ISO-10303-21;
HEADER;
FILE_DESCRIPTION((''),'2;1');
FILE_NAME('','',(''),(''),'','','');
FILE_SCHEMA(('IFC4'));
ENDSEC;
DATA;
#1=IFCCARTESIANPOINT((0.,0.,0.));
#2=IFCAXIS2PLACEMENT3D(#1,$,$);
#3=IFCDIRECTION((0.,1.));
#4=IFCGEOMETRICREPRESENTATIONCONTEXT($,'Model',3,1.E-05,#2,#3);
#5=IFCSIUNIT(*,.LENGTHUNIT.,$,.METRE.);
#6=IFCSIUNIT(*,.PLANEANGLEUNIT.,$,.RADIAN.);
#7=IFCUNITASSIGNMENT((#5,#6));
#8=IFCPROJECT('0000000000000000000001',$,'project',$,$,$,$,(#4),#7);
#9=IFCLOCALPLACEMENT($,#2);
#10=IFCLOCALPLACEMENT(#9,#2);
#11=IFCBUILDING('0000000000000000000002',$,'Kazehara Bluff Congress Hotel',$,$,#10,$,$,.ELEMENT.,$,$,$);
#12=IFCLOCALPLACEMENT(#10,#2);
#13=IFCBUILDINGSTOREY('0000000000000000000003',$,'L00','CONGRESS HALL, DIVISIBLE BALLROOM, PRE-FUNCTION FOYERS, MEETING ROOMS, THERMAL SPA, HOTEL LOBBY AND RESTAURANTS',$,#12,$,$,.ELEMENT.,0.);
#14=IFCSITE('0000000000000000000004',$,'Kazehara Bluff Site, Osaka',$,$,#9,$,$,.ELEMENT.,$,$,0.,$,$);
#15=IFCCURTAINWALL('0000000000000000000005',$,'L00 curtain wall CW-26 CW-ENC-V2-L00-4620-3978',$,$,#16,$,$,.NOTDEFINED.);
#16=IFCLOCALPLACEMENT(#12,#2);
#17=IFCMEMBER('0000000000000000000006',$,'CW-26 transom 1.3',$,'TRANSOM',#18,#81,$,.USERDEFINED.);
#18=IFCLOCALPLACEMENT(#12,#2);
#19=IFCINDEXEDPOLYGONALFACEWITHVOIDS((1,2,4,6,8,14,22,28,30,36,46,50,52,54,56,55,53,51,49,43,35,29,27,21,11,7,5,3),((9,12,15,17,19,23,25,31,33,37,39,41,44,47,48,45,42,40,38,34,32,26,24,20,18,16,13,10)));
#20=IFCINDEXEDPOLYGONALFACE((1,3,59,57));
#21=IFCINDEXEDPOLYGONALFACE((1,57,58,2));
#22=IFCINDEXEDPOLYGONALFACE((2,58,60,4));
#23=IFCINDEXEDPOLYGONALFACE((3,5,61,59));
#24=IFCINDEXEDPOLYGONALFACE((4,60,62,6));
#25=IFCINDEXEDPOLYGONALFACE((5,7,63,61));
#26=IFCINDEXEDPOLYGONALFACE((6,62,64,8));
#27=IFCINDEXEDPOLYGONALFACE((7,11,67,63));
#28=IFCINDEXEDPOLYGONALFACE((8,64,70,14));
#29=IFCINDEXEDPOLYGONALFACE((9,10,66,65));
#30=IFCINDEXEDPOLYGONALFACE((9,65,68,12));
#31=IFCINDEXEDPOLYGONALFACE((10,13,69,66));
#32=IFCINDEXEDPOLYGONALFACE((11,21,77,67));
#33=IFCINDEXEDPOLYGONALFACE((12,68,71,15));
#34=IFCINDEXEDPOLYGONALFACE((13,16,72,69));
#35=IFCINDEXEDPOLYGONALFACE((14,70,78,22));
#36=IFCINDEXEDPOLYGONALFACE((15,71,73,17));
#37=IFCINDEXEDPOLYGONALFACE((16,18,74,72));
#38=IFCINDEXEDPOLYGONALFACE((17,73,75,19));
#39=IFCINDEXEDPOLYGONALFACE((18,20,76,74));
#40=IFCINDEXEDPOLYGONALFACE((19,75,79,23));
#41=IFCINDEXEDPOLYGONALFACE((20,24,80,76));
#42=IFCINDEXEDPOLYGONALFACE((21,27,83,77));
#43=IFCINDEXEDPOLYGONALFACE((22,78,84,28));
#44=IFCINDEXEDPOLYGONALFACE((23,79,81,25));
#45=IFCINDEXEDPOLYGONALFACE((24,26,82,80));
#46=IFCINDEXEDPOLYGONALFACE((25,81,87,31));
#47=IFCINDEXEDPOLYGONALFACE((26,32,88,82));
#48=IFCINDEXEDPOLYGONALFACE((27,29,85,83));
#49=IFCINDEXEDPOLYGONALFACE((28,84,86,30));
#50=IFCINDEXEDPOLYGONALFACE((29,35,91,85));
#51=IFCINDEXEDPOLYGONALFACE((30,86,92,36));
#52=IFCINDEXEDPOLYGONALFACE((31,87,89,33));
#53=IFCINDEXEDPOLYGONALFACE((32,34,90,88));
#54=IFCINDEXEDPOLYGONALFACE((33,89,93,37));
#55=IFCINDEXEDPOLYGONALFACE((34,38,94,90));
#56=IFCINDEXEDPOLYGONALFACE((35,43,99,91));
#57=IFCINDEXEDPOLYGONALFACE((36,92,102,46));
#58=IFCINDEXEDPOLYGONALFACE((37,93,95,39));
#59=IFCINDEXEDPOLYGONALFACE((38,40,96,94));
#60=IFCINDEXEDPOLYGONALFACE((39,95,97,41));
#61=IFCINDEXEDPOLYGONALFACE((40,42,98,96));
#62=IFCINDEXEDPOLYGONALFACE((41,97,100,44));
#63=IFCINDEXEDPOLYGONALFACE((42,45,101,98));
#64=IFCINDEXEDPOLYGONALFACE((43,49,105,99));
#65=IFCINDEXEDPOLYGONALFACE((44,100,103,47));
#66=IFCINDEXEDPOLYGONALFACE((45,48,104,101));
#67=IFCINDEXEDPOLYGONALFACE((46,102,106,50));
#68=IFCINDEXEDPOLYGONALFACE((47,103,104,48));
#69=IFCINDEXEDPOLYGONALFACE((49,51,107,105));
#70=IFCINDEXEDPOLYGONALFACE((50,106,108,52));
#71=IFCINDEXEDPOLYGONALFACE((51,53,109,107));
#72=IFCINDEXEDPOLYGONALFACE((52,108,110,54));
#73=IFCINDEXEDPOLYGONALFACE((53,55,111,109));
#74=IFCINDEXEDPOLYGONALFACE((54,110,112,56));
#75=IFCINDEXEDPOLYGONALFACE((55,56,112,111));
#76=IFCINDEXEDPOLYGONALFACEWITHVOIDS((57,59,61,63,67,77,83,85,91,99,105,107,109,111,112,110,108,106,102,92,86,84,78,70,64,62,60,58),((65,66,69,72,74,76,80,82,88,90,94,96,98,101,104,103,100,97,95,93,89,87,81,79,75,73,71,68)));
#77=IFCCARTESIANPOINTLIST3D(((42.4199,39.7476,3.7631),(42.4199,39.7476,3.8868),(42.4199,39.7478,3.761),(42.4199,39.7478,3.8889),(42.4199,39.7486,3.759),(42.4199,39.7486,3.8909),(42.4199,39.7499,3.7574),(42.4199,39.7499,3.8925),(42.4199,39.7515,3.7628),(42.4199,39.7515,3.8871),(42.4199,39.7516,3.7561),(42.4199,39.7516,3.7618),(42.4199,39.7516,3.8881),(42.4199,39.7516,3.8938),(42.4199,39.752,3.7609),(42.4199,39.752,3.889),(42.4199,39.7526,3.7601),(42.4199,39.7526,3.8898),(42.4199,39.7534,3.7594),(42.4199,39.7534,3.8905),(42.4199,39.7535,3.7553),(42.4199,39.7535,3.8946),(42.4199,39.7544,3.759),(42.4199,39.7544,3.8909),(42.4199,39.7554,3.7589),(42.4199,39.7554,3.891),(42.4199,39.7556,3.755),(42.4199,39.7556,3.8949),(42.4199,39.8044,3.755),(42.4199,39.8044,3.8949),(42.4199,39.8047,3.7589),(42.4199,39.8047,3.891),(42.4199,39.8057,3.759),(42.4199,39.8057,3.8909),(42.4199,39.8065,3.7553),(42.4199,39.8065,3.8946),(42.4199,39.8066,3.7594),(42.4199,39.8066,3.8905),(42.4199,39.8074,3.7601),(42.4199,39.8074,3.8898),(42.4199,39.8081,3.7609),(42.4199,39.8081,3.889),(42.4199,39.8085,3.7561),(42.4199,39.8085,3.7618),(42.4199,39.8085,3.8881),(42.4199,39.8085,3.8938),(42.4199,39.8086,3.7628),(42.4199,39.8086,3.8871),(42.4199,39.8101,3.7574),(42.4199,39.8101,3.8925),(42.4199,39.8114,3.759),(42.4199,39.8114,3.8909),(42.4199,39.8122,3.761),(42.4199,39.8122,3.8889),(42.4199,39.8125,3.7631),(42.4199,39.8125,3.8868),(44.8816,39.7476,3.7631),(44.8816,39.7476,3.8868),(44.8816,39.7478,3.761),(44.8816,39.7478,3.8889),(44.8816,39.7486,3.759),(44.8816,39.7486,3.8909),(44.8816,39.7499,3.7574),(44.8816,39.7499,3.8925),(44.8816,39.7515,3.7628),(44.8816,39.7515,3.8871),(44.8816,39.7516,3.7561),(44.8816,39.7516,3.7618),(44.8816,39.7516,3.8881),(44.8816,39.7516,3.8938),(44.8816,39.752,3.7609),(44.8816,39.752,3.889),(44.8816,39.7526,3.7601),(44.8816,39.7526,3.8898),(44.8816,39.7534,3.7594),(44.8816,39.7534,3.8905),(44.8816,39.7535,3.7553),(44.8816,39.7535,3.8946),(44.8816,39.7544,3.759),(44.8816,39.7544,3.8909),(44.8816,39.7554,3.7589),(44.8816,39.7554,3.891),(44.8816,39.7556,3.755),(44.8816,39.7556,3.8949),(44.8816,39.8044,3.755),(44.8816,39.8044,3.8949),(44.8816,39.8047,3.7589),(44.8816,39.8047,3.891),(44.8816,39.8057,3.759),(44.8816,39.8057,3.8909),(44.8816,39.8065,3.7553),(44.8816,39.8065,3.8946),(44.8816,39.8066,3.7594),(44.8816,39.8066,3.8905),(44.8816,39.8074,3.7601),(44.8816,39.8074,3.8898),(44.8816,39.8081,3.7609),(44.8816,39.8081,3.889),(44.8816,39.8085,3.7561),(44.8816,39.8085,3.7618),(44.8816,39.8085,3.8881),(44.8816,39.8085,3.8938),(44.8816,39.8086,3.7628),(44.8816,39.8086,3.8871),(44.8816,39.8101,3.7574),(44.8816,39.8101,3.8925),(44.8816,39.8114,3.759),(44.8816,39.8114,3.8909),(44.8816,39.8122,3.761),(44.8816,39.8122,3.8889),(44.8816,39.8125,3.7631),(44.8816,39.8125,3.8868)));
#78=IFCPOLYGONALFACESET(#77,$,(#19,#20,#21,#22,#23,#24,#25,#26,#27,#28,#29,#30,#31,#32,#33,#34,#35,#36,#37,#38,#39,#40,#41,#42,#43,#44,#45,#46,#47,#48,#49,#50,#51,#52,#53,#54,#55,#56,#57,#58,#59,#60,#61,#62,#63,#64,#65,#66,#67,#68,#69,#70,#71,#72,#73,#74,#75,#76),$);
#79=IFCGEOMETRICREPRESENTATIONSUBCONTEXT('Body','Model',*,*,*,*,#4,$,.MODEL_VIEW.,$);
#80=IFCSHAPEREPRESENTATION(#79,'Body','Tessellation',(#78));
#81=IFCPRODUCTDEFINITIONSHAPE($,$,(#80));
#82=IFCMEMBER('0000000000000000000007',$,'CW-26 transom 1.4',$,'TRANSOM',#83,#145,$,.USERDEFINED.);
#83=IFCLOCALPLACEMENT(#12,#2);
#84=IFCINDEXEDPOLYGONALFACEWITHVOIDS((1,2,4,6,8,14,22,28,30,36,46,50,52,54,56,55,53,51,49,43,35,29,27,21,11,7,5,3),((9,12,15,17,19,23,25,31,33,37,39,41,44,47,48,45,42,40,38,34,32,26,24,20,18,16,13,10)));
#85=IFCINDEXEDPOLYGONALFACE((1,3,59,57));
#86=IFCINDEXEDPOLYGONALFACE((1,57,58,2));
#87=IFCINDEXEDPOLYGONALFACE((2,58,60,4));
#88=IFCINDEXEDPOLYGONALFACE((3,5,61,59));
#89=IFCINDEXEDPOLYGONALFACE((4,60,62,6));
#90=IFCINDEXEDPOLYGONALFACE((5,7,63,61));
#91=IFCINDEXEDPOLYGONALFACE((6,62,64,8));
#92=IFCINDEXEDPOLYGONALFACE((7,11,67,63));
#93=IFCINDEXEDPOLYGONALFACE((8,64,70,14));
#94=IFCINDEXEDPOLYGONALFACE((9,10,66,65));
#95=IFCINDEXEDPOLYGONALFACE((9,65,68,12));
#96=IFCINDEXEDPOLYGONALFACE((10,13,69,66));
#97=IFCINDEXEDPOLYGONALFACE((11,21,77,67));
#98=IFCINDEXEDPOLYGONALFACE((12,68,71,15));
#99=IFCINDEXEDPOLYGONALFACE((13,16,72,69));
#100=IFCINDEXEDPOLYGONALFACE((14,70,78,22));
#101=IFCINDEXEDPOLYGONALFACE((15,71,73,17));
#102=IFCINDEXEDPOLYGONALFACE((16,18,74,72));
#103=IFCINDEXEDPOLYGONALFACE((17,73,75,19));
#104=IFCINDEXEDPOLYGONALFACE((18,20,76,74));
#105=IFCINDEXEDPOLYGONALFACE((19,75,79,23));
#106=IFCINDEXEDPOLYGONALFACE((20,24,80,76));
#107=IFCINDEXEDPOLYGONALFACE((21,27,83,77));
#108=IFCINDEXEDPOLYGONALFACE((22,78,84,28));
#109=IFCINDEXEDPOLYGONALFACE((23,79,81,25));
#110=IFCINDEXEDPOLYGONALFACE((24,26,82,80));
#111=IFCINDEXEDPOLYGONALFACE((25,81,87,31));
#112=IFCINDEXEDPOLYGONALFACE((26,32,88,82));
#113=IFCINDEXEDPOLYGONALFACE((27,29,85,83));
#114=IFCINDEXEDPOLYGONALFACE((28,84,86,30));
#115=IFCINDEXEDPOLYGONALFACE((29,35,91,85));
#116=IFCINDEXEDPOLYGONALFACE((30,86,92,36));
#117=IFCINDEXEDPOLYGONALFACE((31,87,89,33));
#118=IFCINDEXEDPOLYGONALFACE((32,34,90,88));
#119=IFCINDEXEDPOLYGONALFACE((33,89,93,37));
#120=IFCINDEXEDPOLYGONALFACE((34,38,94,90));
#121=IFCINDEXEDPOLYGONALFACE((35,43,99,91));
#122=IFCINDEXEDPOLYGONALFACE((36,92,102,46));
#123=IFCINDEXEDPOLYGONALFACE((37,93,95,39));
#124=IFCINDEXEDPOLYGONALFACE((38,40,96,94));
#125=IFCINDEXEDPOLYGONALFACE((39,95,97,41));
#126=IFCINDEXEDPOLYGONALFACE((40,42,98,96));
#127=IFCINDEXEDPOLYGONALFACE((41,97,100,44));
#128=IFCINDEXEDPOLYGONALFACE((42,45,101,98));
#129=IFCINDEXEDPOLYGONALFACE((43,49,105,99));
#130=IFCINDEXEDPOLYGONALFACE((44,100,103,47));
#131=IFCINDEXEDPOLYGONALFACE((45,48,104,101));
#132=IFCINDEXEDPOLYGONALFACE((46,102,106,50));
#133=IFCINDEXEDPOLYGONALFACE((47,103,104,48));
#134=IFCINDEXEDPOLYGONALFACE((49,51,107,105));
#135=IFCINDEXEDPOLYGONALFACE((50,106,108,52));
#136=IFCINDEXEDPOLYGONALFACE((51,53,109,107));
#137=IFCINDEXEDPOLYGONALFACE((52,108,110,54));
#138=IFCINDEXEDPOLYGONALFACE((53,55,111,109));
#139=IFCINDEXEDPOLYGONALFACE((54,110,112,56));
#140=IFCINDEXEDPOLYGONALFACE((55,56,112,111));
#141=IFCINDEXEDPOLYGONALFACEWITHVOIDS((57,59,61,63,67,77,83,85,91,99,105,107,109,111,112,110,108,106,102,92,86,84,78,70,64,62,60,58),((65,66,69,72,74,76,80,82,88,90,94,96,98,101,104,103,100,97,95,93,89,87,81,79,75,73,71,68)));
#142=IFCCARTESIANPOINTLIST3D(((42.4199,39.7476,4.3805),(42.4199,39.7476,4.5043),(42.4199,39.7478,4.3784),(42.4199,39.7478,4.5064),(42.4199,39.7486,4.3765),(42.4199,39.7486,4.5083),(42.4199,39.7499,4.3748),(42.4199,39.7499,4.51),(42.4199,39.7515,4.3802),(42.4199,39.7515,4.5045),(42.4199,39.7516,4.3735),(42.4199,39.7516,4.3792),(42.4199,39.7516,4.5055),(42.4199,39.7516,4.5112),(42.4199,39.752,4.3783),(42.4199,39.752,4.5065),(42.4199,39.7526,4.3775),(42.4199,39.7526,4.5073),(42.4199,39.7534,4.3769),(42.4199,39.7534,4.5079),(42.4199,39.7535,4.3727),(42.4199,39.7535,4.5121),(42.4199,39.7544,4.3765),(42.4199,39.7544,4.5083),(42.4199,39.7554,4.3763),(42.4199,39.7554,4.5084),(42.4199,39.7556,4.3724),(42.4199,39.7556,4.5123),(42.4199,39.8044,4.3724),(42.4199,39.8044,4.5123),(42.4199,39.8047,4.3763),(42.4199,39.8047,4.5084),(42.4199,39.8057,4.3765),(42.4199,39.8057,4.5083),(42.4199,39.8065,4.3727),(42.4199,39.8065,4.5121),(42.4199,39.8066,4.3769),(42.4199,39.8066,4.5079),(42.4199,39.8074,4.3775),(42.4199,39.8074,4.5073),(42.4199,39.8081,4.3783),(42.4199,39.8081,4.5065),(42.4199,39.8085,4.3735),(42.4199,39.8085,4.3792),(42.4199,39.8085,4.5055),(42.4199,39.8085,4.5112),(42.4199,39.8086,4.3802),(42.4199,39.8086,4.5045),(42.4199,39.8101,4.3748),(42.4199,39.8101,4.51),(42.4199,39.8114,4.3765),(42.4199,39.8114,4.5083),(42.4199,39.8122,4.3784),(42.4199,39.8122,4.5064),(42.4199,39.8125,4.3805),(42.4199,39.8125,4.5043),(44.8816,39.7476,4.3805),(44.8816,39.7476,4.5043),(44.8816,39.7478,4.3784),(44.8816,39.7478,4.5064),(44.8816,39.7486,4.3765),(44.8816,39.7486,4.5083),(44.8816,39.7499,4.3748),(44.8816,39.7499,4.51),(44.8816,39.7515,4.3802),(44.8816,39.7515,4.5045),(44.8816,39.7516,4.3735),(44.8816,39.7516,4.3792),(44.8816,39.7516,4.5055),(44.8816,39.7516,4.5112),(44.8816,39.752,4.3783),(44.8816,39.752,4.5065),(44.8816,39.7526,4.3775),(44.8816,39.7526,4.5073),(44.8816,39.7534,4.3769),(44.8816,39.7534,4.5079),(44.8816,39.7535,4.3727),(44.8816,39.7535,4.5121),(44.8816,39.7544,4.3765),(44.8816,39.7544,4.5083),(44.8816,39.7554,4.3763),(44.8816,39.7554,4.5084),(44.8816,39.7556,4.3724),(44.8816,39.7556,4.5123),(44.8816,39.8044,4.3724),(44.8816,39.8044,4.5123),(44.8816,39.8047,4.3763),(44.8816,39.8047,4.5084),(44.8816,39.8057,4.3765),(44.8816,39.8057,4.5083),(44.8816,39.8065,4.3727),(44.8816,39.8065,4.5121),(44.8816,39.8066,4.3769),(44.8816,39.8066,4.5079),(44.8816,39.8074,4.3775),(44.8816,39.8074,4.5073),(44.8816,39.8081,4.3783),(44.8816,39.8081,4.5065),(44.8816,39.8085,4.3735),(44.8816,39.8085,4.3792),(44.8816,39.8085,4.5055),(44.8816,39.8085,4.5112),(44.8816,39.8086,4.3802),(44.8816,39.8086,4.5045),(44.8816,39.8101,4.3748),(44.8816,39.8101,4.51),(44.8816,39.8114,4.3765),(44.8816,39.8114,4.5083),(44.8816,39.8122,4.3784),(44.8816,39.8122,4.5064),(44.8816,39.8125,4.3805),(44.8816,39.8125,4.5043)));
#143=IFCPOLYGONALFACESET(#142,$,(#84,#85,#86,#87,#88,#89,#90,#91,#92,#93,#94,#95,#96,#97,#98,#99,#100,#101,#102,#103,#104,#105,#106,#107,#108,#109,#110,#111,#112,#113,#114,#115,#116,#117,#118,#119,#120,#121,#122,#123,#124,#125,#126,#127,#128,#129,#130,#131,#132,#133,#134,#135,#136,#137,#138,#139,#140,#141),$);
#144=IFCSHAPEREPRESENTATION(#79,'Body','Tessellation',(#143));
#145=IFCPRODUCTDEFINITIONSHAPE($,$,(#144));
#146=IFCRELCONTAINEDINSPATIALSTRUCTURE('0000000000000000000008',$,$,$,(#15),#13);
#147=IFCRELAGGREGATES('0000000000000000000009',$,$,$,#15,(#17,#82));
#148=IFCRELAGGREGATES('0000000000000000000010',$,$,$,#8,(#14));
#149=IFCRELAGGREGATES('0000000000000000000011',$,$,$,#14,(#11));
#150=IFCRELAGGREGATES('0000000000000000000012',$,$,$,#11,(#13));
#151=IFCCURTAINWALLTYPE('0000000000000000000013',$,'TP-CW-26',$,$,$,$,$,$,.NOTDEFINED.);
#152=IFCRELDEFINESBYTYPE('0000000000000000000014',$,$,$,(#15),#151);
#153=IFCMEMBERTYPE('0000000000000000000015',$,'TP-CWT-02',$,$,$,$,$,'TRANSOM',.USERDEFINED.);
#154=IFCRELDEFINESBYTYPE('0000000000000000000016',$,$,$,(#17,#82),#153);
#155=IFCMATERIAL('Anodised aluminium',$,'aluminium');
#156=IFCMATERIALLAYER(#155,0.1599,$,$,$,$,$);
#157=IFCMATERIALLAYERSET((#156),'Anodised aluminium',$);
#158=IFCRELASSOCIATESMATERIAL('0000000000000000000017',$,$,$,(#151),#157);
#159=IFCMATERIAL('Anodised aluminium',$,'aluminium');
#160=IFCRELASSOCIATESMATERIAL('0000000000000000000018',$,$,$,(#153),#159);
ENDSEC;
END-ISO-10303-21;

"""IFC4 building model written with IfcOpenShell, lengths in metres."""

from ifc_helpers import new_model, si_unit, direction, frame, origin, origin_2d, place, context, subcontext, project, spatial, hollow_rectangle, extrude, material, layer, layer_set, material_profile, profile_set, type_object, element, aggregate, save


model = new_model("IFC4")

# Units and contexts
model_context = context("Model", 3, precision=1e-05, world=origin(), true_north=direction((0.0, 1.0)))
body_context = subcontext(model_context, "Body", "Model", "MODEL_VIEW")
ifc_project = project(units=[si_unit("LENGTHUNIT", "METRE"), si_unit("PLANEANGLEUNIT", "RADIAN")], contexts=[model_context])

# Site, building, storey
site_placement = place(None, origin())
site = spatial("IfcSite", under=ifc_project, at=site_placement, Name="Kazehara Bluff Site, Osaka", CompositionType="ELEMENT", RefElevation=0.0)
building_placement = place(site_placement, origin())
building = spatial("IfcBuilding", under=site, at=building_placement, Name="Kazehara Bluff Congress Hotel", CompositionType="ELEMENT")
storey_placement = place(building_placement, origin())
storey = spatial("IfcBuildingStorey", under=building, at=storey_placement, Name="L00", Description="CONGRESS HALL, DIVISIBLE BALLROOM, PRE-FUNCTION FOYERS, MEETING ROOMS, THERMAL SPA, HOTEL LOBBY AND RESTAURANTS", CompositionType="ELEMENT", Elevation=0.0)

# Curtain wall
ifc_material_1 = material(Name="Anodised aluminium", Category="aluminium")
ifc_layer_1 = layer(ifc_material_1, 0.1599)
ifc_layer_set_1 = layer_set([ifc_layer_1], Name="Anodised aluminium")
curtain_wall_type_1 = type_object("IfcCurtainWallType", Name="TP-CW-26", PredefinedType="NOTDEFINED", material=ifc_layer_set_1)
curtain_wall_1_placement = place(storey_placement, origin())
curtain_wall_1 = element("IfcCurtainWall", 1, at=curtain_wall_1_placement, inside=storey, type_object=curtain_wall_type_1, Name="L00 curtain wall CW-26 CW-ENC-V2-L00-4620-3978", PredefinedType="NOTDEFINED")

# Members
ifc_material_2 = material(Name="Anodised aluminium", Category="aluminium")
ifc_material_profile_1 = material_profile(ifc_material_2, hollow_rectangle(XDim=0.0649, YDim=0.1399, WallThickness=0.0039, InnerFilletRadius=0.0039, OuterFilletRadius=0.0081, at=origin_2d()))
ifc_profile_set_1 = profile_set([ifc_material_profile_1], Name="Anodised aluminium")
member_type_1 = type_object("IfcMemberType", Name="TP-CWT-02", ElementType="TRANSOM", PredefinedType="USERDEFINED", material=ifc_profile_set_1)
member_1_placement = place(storey_placement, frame((42.4199, 39.78, 3.825), z_axis=(1.0, 0.0, 0.0), x_axis=(0.0, 1.0, 0.0)))
member_1 = element("IfcMember", 2, at=member_1_placement, type_object=member_type_1, Name="CW-26 transom 1.3", ObjectType="TRANSOM", PredefinedType="USERDEFINED", context=body_context, shape_type="SweptSolid", body=[
    extrude(hollow_rectangle(XDim=0.0649, YDim=0.1399, WallThickness=0.0039, InnerFilletRadius=0.0039, OuterFilletRadius=0.0081, at=origin_2d()), origin(), (0.0, 0.0, 1.0), 2.4617),
])
member_2_placement = place(storey_placement, frame((42.4199, 39.78, 4.4424), z_axis=(1.0, 0.0, 0.0), x_axis=(0.0, 1.0, 0.0)))
member_2 = element("IfcMember", 3, at=member_2_placement, type_object=member_type_1, Name="CW-26 transom 1.4", ObjectType="TRANSOM", PredefinedType="USERDEFINED", context=body_context, shape_type="SweptSolid", body=[
    extrude(hollow_rectangle(XDim=0.0649, YDim=0.1399, WallThickness=0.0039, InnerFilletRadius=0.0039, OuterFilletRadius=0.0081, at=origin_2d()), origin(), (0.0, 0.0, 1.0), 2.4617),
])

aggregate(curtain_wall_1, [member_1, member_2])

save(model, "model.ifc")
